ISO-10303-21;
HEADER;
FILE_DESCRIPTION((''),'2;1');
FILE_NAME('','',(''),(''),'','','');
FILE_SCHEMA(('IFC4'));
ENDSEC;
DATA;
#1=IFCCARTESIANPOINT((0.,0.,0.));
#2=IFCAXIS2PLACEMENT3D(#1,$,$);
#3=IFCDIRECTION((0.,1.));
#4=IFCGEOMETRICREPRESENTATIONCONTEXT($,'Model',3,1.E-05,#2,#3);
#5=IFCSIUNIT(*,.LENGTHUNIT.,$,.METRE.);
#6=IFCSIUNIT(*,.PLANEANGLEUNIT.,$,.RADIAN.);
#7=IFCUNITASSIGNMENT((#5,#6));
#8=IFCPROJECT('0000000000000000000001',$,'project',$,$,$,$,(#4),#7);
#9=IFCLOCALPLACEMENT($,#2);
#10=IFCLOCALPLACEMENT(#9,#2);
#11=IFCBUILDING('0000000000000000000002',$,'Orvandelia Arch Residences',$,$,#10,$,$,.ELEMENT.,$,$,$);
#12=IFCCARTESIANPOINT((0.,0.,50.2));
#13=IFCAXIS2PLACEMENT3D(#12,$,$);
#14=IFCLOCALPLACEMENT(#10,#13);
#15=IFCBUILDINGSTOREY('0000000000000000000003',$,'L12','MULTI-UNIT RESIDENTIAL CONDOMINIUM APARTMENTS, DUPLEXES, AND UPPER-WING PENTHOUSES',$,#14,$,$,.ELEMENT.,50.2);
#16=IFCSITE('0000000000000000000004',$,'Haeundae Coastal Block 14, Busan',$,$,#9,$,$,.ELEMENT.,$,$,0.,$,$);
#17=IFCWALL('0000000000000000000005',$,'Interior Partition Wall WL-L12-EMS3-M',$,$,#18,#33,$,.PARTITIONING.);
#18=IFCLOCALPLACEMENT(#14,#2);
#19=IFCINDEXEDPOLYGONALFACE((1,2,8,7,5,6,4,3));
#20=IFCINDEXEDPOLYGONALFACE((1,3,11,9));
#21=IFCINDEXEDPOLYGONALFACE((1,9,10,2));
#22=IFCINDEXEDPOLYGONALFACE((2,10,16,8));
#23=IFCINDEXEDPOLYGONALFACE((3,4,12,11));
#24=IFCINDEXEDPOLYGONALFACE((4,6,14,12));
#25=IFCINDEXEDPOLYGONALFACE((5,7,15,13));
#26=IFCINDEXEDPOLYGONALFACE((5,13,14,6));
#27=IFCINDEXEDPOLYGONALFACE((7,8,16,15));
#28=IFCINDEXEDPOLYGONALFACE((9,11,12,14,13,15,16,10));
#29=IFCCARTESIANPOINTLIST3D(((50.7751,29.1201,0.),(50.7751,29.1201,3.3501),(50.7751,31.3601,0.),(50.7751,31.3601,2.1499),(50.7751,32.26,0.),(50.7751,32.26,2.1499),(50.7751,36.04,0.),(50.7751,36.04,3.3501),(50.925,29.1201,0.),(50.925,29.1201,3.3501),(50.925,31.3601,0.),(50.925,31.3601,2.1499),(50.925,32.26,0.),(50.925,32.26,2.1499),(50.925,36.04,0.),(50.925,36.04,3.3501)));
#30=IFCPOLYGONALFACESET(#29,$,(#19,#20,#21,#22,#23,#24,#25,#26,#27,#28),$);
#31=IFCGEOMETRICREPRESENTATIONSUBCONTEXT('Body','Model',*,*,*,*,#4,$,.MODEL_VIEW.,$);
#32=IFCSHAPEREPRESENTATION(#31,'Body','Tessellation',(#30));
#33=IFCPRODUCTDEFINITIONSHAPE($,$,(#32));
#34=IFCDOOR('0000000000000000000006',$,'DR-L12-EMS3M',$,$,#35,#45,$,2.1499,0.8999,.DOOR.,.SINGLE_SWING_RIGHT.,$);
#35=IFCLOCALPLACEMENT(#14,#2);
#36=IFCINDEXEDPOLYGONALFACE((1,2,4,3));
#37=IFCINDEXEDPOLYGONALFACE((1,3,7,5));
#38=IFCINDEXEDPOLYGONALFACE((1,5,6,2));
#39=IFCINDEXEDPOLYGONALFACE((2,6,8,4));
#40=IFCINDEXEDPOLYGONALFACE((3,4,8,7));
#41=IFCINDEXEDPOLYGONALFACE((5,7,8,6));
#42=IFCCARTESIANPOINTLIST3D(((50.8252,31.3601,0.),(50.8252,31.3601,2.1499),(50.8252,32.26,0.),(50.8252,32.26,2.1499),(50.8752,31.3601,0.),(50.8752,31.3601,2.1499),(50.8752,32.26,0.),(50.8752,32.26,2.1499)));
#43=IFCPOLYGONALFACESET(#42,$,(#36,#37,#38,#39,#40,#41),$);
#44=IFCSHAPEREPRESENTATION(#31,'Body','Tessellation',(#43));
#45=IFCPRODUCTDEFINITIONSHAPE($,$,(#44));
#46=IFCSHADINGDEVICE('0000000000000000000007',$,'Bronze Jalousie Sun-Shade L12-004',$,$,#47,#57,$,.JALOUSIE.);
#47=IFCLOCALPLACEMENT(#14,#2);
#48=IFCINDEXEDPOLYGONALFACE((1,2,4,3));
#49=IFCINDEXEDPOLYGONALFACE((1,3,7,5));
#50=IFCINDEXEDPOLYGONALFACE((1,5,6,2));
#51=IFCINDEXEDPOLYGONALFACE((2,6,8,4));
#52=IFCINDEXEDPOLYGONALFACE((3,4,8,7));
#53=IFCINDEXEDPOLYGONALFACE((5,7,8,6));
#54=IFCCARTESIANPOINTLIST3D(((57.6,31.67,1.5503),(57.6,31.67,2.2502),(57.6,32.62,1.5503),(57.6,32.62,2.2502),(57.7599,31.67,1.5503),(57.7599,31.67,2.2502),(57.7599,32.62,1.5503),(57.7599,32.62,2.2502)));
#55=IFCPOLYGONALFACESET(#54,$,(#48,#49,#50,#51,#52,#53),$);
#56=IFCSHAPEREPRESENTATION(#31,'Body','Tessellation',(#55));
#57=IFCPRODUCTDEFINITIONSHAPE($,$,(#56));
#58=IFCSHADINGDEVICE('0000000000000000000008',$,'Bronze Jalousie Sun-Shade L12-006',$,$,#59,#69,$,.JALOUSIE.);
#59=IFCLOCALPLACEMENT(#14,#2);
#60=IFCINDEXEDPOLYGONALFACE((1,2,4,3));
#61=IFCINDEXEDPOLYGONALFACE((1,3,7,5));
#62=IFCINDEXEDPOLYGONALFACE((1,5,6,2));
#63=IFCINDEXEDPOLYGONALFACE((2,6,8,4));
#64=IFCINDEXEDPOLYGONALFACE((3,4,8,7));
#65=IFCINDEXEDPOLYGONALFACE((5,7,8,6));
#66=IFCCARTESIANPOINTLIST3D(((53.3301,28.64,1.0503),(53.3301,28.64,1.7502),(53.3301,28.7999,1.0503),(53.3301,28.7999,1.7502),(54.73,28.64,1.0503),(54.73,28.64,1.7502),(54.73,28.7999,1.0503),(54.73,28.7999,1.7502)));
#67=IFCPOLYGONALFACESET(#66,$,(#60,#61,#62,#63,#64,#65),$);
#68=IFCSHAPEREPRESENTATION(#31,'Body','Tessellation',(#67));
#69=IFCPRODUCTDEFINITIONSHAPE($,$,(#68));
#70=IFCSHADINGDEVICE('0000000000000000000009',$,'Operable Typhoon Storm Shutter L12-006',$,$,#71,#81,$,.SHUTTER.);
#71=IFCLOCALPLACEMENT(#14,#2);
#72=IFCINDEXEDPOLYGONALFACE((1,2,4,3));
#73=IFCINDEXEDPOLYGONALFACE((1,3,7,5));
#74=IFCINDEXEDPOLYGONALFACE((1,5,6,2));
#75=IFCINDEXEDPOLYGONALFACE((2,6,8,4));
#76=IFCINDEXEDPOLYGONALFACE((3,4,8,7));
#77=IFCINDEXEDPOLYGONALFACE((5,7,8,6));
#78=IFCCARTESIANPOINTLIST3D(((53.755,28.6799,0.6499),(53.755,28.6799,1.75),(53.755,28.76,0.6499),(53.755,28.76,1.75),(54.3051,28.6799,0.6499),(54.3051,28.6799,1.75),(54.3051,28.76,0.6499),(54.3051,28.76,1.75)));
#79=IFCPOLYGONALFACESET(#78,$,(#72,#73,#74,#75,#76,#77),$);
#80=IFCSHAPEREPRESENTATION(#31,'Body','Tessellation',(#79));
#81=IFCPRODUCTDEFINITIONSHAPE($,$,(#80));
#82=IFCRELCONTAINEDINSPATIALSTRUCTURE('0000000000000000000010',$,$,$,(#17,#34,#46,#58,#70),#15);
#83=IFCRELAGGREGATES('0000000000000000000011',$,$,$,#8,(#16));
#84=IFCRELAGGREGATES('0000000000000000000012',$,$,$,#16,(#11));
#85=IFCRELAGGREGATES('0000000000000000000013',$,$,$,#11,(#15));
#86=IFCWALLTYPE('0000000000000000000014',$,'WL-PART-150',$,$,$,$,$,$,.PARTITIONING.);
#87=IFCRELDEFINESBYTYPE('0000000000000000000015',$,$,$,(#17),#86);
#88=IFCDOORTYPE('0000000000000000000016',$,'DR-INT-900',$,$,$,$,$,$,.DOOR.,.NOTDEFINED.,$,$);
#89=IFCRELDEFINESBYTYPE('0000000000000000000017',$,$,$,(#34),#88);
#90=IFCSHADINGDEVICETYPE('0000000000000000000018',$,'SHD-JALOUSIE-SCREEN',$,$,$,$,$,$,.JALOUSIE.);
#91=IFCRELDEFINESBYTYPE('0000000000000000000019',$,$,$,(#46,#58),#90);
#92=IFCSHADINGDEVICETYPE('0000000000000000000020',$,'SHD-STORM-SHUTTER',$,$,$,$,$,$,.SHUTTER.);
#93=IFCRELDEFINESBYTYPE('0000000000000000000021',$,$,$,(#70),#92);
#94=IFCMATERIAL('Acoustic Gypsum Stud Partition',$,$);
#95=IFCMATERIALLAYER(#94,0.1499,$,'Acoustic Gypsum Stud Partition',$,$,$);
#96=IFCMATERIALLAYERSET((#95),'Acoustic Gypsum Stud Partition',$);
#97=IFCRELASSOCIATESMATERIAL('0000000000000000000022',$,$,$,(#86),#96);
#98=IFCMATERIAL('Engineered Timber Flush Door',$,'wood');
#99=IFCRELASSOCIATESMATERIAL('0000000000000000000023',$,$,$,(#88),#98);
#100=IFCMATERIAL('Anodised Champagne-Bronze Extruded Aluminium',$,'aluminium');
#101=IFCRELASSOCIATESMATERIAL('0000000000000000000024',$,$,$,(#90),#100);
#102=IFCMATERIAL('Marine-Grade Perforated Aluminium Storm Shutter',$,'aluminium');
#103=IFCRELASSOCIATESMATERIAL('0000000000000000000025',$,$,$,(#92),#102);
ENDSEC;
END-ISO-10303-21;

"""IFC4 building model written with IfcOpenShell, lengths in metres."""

from ifc_helpers import new_model, si_unit, direction, frame, frame_2d, origin, origin_2d, place, context, subcontext, project, spatial, rectangle, extrude, material, layer, layer_set, type_object, element, fill, save


model = new_model("IFC4")

# Units and contexts
model_context = context("Model", 3, precision=1e-05, world=origin(), true_north=direction((0.0, 1.0)))
body_context = subcontext(model_context, "Body", "Model", "MODEL_VIEW")
ifc_project = project(units=[si_unit("LENGTHUNIT", "METRE"), si_unit("PLANEANGLEUNIT", "RADIAN")], contexts=[model_context])

# Site, building, storey
site_placement = place(None, origin())
site = spatial("IfcSite", under=ifc_project, at=site_placement, Name="Haeundae Coastal Block 14, Busan", CompositionType="ELEMENT", RefElevation=0.0)
building_placement = place(site_placement, origin())
building = spatial("IfcBuilding", under=site, at=building_placement, Name="Orvandelia Arch Residences", CompositionType="ELEMENT")
storey_placement = place(building_placement, frame((0.0, 0.0, 50.2)))
storey = spatial("IfcBuildingStorey", under=building, at=storey_placement, Name="L12", Description="MULTI-UNIT RESIDENTIAL CONDOMINIUM APARTMENTS, DUPLEXES, AND UPPER-WING PENTHOUSES", CompositionType="ELEMENT", Elevation=50.2)

# Wall, opening, door
ifc_material_1 = material(Name="Acoustic Gypsum Stud Partition")
ifc_layer_1 = layer(ifc_material_1, 0.1499, Name="Acoustic Gypsum Stud Partition")
ifc_layer_set_1 = layer_set([ifc_layer_1], Name="Acoustic Gypsum Stud Partition")
wall_type_1 = type_object("IfcWallType", Name="WL-PART-150", PredefinedType="PARTITIONING", material=ifc_layer_set_1)
wall_1_placement = place(storey_placement, frame((50.8501, 29.1201, 0.0), z_axis=(0.0, 0.0, 1.0), x_axis=(0.0, 1.0, 0.0)))
wall_1 = element("IfcWall", 1, at=wall_1_placement, inside=storey, type_object=wall_type_1, Name="Interior Partition Wall WL-L12-EMS3-M", PredefinedType="PARTITIONING", context=body_context, shape_type="SweptSolid", body=[
    extrude(rectangle(XDim=6.9199, YDim=0.1499, at=frame_2d((3.46, 0.0))), origin(), (0.0, 0.0, 1.0), 3.3501),
])
opening_1_placement = place(wall_1_placement, frame((2.24, 0.0, 0.0)))
opening_1 = element("IfcOpeningElement", 2, at=opening_1_placement, cuts=wall_1, PredefinedType="OPENING", context=body_context, shape_type="SweptSolid", body=[
    extrude(rectangle(XDim=0.8999, YDim=2.1499, at=frame_2d((0.45, 1.075))), frame((0.0, 0.085, 0.0), z_axis=(0.0, -1.0, 0.0), x_axis=(1.0, 0.0, 0.0)), (0.0, 0.0, 1.0), 0.1699),
])
ifc_material_2 = material(Name="Engineered Timber Flush Door", Category="wood")
door_type = type_object("IfcDoorType", Name="DR-INT-900", OperationType="NOTDEFINED", PredefinedType="DOOR", material=ifc_material_2)
door_placement = place(opening_1_placement, origin())
door = element("IfcDoor", 3, at=door_placement, inside=storey, type_object=door_type, Name="DR-L12-EMS3M", OperationType="SINGLE_SWING_RIGHT", OverallHeight=2.1499, OverallWidth=0.8999, PredefinedType="DOOR", context=body_context, shape_type="SweptSolid", body=[
    extrude(rectangle(XDim=0.8999, YDim=2.1499, at=frame_2d((0.45, 1.075))), frame((0.0, 0.0249, 0.0), z_axis=(0.0, -1.0, 0.0), x_axis=(1.0, 0.0, 0.0)), (0.0, 0.0, 1.0), 0.05),
])
fill(opening_1, door)

# Shading devices
ifc_material_3 = material(Name="Anodised Champagne-Bronze Extruded Aluminium", Category="aluminium")
shading_device_type_1 = type_object("IfcShadingDeviceType", Name="SHD-JALOUSIE-SCREEN", PredefinedType="JALOUSIE", material=ifc_material_3)
shading_device_1_placement = place(storey_placement, frame((57.6799, 32.145, 1.5503), z_axis=(0.0, 0.0, 1.0), x_axis=(0.0, -1.0, 0.0)))
element("IfcShadingDevice", 4, at=shading_device_1_placement, inside=storey, type_object=shading_device_type_1, Name="Bronze Jalousie Sun-Shade L12-004", PredefinedType="JALOUSIE", context=body_context, shape_type="SweptSolid", body=[
    extrude(rectangle(XDim=0.95, YDim=0.1599, at=origin_2d()), origin(), (0.0, 0.0, 1.0), 0.7),
])
shading_device_2_placement = place(storey_placement, frame((54.03, 28.72, 1.0503), z_axis=(0.0, 0.0, 1.0), x_axis=(-1.0, 0.0, 0.0)))
element("IfcShadingDevice", 5, at=shading_device_2_placement, inside=storey, type_object=shading_device_type_1, Name="Bronze Jalousie Sun-Shade L12-006", PredefinedType="JALOUSIE", context=body_context, shape_type="SweptSolid", body=[
    extrude(rectangle(XDim=1.3999, YDim=0.1599, at=origin_2d()), origin(), (0.0, 0.0, 1.0), 0.7),
])
ifc_material_4 = material(Name="Marine-Grade Perforated Aluminium Storm Shutter", Category="aluminium")
shading_device_type_2 = type_object("IfcShadingDeviceType", Name="SHD-STORM-SHUTTER", PredefinedType="SHUTTER", material=ifc_material_4)
shading_device_3_placement = place(storey_placement, frame((54.03, 28.72, 0.6499), z_axis=(0.0, 0.0, 1.0), x_axis=(-1.0, 0.0, 0.0)))
element("IfcShadingDevice", 6, at=shading_device_3_placement, inside=storey, type_object=shading_device_type_2, Name="Operable Typhoon Storm Shutter L12-006", PredefinedType="SHUTTER", context=body_context, shape_type="SweptSolid", body=[
    extrude(rectangle(XDim=0.55, YDim=0.0801, at=origin_2d()), origin(), (0.0, 0.0, 1.0), 1.1001),
])

save(model, "model.ifc")
